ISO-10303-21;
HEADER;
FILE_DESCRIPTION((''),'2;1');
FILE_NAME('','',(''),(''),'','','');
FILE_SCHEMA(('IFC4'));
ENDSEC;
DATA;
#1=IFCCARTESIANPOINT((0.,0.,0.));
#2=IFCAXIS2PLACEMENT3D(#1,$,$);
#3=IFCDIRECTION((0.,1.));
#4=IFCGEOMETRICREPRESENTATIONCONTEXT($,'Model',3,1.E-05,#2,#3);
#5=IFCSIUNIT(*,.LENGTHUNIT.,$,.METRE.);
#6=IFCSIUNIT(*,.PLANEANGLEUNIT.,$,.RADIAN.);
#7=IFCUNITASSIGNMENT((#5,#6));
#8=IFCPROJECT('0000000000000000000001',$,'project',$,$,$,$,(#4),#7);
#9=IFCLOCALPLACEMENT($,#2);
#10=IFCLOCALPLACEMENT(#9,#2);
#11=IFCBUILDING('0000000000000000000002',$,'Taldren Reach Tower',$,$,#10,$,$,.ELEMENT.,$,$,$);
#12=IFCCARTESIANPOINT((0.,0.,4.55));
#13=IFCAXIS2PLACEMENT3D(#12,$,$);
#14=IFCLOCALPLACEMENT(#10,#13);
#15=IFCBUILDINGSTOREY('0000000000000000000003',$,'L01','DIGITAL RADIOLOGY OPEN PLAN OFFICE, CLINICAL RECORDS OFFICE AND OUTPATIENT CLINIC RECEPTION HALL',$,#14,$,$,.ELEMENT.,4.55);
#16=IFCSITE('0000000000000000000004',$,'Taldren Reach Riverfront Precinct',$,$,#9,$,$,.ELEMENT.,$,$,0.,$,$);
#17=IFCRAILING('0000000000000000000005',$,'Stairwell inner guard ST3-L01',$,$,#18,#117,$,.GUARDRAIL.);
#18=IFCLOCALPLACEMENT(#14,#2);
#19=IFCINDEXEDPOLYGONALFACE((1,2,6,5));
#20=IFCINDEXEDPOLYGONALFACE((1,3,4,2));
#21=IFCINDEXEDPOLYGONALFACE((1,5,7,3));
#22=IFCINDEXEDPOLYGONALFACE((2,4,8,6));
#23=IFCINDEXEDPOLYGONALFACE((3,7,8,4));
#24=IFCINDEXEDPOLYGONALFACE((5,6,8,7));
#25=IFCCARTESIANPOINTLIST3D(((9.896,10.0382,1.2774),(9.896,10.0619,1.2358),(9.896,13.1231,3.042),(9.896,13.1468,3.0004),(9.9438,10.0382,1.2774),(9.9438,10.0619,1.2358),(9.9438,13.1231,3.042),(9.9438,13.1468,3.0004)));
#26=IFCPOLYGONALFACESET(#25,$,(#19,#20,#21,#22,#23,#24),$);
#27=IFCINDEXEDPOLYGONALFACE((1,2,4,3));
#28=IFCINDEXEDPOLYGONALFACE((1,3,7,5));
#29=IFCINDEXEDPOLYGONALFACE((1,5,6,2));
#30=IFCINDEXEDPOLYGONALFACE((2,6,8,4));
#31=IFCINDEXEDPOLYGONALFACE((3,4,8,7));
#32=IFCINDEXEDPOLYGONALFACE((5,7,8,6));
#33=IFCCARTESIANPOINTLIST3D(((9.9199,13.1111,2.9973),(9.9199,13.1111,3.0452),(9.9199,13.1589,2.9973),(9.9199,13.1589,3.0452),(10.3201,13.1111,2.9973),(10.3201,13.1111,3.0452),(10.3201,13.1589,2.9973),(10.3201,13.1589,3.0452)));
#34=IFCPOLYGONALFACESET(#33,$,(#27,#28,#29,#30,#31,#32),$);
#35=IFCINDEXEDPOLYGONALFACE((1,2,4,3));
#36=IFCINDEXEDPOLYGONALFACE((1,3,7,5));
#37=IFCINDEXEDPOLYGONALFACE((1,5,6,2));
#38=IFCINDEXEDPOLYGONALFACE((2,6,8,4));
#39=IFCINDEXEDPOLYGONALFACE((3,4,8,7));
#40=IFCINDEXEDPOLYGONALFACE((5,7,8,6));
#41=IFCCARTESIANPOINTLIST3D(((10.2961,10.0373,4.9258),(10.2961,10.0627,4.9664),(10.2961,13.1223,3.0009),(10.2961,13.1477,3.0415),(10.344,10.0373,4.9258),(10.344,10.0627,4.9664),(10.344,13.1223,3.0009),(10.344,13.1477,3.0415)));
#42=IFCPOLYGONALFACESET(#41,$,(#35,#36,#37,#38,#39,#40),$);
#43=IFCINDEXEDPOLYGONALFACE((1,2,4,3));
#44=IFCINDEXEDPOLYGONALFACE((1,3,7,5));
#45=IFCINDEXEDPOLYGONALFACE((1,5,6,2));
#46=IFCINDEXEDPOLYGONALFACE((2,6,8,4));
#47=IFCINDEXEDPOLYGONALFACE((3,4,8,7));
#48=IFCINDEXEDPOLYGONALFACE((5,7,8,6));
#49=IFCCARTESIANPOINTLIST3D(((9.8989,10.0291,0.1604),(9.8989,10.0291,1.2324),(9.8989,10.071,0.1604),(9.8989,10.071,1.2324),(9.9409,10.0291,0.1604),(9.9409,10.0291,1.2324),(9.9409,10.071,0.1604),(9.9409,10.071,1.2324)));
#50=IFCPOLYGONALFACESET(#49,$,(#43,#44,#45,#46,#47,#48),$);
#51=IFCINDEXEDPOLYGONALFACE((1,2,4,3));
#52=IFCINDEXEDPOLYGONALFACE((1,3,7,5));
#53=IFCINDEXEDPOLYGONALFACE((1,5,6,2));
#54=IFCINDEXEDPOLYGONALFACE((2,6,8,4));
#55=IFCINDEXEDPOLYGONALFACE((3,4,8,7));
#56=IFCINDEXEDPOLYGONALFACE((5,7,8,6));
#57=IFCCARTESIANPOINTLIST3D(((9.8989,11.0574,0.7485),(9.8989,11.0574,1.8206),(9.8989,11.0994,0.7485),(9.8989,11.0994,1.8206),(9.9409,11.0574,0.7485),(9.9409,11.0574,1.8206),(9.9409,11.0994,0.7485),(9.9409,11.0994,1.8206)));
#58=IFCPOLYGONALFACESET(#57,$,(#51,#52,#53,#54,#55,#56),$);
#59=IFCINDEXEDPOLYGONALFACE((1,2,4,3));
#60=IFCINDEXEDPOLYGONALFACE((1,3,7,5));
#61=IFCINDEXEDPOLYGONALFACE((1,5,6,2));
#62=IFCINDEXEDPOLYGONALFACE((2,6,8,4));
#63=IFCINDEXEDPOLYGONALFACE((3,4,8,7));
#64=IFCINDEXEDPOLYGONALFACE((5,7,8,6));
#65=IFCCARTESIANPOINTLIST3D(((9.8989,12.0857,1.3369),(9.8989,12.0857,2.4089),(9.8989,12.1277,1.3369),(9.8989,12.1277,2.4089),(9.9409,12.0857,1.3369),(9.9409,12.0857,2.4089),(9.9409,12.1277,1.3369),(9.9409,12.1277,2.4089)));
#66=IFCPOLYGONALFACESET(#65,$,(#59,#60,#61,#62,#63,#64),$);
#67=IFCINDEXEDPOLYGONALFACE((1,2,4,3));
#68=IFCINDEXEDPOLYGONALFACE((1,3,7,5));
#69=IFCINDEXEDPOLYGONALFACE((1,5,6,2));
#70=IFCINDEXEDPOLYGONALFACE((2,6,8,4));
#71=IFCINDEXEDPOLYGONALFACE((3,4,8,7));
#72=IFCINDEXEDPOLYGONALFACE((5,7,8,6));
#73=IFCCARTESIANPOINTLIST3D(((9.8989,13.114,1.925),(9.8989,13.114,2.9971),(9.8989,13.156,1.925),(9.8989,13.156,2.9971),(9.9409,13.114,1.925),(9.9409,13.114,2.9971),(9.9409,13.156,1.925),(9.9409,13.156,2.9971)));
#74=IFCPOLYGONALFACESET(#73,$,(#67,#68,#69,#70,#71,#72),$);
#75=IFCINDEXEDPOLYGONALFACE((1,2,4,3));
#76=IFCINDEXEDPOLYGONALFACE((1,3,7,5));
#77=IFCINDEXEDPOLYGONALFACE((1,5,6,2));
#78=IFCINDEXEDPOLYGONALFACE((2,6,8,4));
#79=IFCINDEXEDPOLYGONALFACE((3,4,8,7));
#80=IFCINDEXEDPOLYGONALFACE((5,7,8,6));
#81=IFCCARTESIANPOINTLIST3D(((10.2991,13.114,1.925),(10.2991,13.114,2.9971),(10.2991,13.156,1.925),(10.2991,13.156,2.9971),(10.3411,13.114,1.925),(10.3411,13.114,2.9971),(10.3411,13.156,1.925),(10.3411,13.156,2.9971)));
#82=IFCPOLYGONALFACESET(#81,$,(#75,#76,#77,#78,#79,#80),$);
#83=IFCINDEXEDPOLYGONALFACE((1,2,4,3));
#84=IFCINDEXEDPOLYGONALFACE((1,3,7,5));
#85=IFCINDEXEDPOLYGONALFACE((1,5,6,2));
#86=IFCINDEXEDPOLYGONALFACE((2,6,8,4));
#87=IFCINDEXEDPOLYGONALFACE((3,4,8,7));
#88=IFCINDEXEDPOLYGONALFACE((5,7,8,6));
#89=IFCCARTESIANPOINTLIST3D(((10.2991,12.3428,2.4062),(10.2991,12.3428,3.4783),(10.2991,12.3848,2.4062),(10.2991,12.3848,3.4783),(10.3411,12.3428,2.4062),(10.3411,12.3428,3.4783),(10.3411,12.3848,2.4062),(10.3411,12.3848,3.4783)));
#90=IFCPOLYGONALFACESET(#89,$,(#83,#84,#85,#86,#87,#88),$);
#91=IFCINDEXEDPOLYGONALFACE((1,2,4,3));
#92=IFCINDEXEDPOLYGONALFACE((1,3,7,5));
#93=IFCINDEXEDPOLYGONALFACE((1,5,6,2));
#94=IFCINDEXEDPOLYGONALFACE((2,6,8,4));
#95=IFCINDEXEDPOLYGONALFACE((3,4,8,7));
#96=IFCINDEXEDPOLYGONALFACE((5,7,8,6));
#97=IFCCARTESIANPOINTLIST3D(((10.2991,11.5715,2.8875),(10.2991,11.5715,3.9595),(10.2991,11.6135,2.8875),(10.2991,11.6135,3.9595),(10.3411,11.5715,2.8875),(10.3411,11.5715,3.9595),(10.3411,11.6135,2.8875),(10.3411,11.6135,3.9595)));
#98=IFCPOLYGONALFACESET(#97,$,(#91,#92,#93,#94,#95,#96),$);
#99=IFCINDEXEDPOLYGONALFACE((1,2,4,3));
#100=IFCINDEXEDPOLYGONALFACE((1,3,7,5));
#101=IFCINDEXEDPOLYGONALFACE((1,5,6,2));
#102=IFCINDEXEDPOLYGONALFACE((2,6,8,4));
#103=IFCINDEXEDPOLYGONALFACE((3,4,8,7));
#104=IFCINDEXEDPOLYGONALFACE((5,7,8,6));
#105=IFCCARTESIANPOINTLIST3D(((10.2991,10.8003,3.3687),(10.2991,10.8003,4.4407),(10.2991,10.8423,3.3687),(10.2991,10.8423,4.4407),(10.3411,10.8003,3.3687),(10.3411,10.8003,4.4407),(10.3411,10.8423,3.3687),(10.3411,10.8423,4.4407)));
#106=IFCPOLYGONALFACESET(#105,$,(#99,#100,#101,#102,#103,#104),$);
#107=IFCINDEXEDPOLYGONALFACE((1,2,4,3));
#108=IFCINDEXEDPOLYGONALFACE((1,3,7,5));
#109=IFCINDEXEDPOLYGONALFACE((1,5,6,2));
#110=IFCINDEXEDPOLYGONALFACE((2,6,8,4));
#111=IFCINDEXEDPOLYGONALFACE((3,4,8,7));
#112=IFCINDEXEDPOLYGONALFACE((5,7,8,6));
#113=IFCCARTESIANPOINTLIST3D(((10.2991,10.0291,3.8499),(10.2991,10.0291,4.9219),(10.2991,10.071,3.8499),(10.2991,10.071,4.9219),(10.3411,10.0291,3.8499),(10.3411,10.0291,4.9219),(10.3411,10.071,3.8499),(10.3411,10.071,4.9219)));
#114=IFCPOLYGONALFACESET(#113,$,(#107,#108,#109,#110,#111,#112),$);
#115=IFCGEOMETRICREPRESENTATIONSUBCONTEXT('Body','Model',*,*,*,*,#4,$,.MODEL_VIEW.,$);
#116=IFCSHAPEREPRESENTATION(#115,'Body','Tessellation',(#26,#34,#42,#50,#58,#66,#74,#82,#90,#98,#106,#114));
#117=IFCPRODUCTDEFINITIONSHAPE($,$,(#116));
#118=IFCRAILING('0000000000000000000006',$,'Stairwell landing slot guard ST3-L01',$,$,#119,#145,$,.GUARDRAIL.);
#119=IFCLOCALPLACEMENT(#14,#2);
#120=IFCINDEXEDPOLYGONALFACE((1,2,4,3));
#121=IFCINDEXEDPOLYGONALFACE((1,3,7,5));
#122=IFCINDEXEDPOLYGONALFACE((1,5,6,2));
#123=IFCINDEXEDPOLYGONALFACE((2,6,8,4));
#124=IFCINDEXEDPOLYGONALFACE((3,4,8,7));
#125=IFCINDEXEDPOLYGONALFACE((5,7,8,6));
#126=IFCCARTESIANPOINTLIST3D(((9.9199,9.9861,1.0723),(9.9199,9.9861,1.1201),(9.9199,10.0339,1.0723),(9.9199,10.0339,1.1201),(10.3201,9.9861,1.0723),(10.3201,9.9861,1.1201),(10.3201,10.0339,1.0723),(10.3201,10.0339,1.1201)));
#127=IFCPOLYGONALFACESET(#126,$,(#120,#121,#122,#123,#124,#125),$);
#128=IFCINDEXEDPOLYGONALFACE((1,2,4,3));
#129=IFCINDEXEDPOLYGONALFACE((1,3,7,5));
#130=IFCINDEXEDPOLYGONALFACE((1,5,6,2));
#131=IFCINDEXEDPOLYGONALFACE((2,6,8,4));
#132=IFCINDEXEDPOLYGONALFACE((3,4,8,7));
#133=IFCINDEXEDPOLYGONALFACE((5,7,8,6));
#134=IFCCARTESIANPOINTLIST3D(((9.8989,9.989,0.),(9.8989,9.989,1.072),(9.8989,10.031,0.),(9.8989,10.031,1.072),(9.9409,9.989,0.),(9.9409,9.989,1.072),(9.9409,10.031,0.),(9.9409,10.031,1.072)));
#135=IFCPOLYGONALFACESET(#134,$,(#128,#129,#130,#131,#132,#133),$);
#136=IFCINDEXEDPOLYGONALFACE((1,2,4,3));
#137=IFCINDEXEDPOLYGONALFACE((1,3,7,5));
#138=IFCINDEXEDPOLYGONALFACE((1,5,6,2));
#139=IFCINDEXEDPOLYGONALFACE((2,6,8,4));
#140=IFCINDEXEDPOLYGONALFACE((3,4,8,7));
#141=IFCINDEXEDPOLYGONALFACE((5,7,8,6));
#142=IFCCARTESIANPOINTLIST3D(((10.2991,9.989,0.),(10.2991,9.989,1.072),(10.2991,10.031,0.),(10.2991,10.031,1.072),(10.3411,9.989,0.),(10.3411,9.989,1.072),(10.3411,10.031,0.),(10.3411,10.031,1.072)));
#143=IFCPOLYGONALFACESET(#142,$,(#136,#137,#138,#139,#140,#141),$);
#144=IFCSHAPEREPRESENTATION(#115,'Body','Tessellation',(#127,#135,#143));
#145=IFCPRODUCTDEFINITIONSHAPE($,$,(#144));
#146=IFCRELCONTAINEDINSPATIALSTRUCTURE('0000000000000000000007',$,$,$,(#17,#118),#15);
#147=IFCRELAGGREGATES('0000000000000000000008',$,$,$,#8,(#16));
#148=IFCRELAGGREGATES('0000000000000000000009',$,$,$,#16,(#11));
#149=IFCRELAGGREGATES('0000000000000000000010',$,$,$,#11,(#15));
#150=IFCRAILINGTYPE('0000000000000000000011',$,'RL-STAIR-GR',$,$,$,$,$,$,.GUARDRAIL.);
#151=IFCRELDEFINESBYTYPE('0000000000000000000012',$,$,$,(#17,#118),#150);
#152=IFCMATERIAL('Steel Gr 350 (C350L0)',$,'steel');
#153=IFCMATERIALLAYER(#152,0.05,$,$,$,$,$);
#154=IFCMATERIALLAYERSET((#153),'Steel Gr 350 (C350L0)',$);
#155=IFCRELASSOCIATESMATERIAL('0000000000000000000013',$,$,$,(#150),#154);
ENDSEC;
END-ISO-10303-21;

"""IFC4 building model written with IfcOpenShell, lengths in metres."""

from ifc_helpers import new_model, si_unit, direction, frame, origin, origin_2d, place, context, subcontext, project, spatial, rectangle, extrude, material, layer, layer_set, type_object, element, save


model = new_model("IFC4")

# Units and contexts
model_context = context("Model", 3, precision=1e-05, world=origin(), true_north=direction((0.0, 1.0)))
body_context = subcontext(model_context, "Body", "Model", "MODEL_VIEW")
ifc_project = project(units=[si_unit("LENGTHUNIT", "METRE"), si_unit("PLANEANGLEUNIT", "RADIAN")], contexts=[model_context])

# Site, building, storey
site_placement = place(None, origin())
site = spatial("IfcSite", under=ifc_project, at=site_placement, Name="Taldren Reach Riverfront Precinct", CompositionType="ELEMENT", RefElevation=0.0)
building_placement = place(site_placement, origin())
building = spatial("IfcBuilding", under=site, at=building_placement, Name="Taldren Reach Tower", CompositionType="ELEMENT")
storey_placement = place(building_placement, frame((0.0, 0.0, 4.55)))
storey = spatial("IfcBuildingStorey", under=building, at=storey_placement, Name="L01", Description="DIGITAL RADIOLOGY OPEN PLAN OFFICE, CLINICAL RECORDS OFFICE AND OUTPATIENT CLINIC RECEPTION HALL", CompositionType="ELEMENT", Elevation=4.55)

# Shared definitions
ifc_material_1 = material(Name="Steel Gr 350 (C350L0)", Category="steel")

# Railings
ifc_layer_1 = layer(ifc_material_1, 0.05)
ifc_layer_set_1 = layer_set([ifc_layer_1], Name="Steel Gr 350 (C350L0)")
railing_type_1 = type_object("IfcRailingType", Name="RL-STAIR-GR", PredefinedType="GUARDRAIL", material=ifc_layer_set_1)
railing_1_placement = place(storey_placement, frame((9.9199, 10.05, 0.1604)))
element("IfcRailing", 1, at=railing_1_placement, inside=storey, type_object=railing_type_1, Name="Stairwell inner guard ST3-L01", PredefinedType="GUARDRAIL", context=body_context, shape_type="SweptSolid", body=[
    extrude(rectangle(XDim=0.0479, YDim=0.0479, at=origin_2d()), frame((0.0, 0.0, 1.0962), z_axis=(0.0, 0.868023, 0.496524), x_axis=(-1.0, 0.0, 0.0)), (0.0, 0.0, 1.0), 3.554),
    extrude(rectangle(XDim=0.0479, YDim=0.0479, at=origin_2d()), frame((0.0, 3.085, 2.8608), z_axis=(1.0, 0.0, 0.0), x_axis=(0.0, 1.0, 0.0)), (0.0, 0.0, 1.0), 0.4001),
    extrude(rectangle(XDim=0.0479, YDim=0.0479, at=origin_2d()), frame((0.4001, 3.085, 2.8608), z_axis=(0.0, -0.848405, 0.529347), x_axis=(1.0, 0.0, 0.0)), (0.0, 0.0, 1.0), 3.6362),
    extrude(rectangle(XDim=0.042, YDim=0.042, at=origin_2d()), origin(), (0.0, 0.0, 1.0), 1.072),
    extrude(rectangle(XDim=0.042, YDim=0.042, at=origin_2d()), frame((0.0, 1.0283, 0.5881)), (0.0, 0.0, 1.0), 1.072),
    extrude(rectangle(XDim=0.042, YDim=0.042, at=origin_2d()), frame((0.0, 2.0566, 1.1765)), (0.0, 0.0, 1.0), 1.072),
    extrude(rectangle(XDim=0.042, YDim=0.042, at=origin_2d()), frame((0.0, 3.085, 1.7646)), (0.0, 0.0, 1.0), 1.072),
    extrude(rectangle(XDim=0.042, YDim=0.042, at=origin_2d()), frame((0.4001, 3.085, 1.7646)), (0.0, 0.0, 1.0), 1.072),
    extrude(rectangle(XDim=0.042, YDim=0.042, at=origin_2d()), frame((0.4001, 2.3137, 2.2458)), (0.0, 0.0, 1.0), 1.072),
    extrude(rectangle(XDim=0.042, YDim=0.042, at=origin_2d()), frame((0.4001, 1.5425, 2.7271)), (0.0, 0.0, 1.0), 1.072),
    extrude(rectangle(XDim=0.042, YDim=0.042, at=origin_2d()), frame((0.4001, 0.7712, 3.2083)), (0.0, 0.0, 1.0), 1.072),
    extrude(rectangle(XDim=0.042, YDim=0.042, at=origin_2d()), frame((0.4001, 0.0, 3.6895)), (0.0, 0.0, 1.0), 1.072),
])
railing_2_placement = place(storey_placement, frame((9.9199, 10.01, 0.0)))
element("IfcRailing", 2, at=railing_2_placement, inside=storey, type_object=railing_type_1, Name="Stairwell landing slot guard ST3-L01", PredefinedType="GUARDRAIL", context=body_context, shape_type="SweptSolid", body=[
    extrude(rectangle(XDim=0.0479, YDim=0.0479, at=origin_2d()), frame((0.0, 0.0, 1.0962), z_axis=(1.0, 0.0, 0.0), x_axis=(0.0, 1.0, 0.0)), (0.0, 0.0, 1.0), 0.4001),
    extrude(rectangle(XDim=0.042, YDim=0.042, at=origin_2d()), origin(), (0.0, 0.0, 1.0), 1.072),
    extrude(rectangle(XDim=0.042, YDim=0.042, at=origin_2d()), frame((0.4001, 0.0, 0.0)), (0.0, 0.0, 1.0), 1.072),
])

save(model, "model.ifc")
